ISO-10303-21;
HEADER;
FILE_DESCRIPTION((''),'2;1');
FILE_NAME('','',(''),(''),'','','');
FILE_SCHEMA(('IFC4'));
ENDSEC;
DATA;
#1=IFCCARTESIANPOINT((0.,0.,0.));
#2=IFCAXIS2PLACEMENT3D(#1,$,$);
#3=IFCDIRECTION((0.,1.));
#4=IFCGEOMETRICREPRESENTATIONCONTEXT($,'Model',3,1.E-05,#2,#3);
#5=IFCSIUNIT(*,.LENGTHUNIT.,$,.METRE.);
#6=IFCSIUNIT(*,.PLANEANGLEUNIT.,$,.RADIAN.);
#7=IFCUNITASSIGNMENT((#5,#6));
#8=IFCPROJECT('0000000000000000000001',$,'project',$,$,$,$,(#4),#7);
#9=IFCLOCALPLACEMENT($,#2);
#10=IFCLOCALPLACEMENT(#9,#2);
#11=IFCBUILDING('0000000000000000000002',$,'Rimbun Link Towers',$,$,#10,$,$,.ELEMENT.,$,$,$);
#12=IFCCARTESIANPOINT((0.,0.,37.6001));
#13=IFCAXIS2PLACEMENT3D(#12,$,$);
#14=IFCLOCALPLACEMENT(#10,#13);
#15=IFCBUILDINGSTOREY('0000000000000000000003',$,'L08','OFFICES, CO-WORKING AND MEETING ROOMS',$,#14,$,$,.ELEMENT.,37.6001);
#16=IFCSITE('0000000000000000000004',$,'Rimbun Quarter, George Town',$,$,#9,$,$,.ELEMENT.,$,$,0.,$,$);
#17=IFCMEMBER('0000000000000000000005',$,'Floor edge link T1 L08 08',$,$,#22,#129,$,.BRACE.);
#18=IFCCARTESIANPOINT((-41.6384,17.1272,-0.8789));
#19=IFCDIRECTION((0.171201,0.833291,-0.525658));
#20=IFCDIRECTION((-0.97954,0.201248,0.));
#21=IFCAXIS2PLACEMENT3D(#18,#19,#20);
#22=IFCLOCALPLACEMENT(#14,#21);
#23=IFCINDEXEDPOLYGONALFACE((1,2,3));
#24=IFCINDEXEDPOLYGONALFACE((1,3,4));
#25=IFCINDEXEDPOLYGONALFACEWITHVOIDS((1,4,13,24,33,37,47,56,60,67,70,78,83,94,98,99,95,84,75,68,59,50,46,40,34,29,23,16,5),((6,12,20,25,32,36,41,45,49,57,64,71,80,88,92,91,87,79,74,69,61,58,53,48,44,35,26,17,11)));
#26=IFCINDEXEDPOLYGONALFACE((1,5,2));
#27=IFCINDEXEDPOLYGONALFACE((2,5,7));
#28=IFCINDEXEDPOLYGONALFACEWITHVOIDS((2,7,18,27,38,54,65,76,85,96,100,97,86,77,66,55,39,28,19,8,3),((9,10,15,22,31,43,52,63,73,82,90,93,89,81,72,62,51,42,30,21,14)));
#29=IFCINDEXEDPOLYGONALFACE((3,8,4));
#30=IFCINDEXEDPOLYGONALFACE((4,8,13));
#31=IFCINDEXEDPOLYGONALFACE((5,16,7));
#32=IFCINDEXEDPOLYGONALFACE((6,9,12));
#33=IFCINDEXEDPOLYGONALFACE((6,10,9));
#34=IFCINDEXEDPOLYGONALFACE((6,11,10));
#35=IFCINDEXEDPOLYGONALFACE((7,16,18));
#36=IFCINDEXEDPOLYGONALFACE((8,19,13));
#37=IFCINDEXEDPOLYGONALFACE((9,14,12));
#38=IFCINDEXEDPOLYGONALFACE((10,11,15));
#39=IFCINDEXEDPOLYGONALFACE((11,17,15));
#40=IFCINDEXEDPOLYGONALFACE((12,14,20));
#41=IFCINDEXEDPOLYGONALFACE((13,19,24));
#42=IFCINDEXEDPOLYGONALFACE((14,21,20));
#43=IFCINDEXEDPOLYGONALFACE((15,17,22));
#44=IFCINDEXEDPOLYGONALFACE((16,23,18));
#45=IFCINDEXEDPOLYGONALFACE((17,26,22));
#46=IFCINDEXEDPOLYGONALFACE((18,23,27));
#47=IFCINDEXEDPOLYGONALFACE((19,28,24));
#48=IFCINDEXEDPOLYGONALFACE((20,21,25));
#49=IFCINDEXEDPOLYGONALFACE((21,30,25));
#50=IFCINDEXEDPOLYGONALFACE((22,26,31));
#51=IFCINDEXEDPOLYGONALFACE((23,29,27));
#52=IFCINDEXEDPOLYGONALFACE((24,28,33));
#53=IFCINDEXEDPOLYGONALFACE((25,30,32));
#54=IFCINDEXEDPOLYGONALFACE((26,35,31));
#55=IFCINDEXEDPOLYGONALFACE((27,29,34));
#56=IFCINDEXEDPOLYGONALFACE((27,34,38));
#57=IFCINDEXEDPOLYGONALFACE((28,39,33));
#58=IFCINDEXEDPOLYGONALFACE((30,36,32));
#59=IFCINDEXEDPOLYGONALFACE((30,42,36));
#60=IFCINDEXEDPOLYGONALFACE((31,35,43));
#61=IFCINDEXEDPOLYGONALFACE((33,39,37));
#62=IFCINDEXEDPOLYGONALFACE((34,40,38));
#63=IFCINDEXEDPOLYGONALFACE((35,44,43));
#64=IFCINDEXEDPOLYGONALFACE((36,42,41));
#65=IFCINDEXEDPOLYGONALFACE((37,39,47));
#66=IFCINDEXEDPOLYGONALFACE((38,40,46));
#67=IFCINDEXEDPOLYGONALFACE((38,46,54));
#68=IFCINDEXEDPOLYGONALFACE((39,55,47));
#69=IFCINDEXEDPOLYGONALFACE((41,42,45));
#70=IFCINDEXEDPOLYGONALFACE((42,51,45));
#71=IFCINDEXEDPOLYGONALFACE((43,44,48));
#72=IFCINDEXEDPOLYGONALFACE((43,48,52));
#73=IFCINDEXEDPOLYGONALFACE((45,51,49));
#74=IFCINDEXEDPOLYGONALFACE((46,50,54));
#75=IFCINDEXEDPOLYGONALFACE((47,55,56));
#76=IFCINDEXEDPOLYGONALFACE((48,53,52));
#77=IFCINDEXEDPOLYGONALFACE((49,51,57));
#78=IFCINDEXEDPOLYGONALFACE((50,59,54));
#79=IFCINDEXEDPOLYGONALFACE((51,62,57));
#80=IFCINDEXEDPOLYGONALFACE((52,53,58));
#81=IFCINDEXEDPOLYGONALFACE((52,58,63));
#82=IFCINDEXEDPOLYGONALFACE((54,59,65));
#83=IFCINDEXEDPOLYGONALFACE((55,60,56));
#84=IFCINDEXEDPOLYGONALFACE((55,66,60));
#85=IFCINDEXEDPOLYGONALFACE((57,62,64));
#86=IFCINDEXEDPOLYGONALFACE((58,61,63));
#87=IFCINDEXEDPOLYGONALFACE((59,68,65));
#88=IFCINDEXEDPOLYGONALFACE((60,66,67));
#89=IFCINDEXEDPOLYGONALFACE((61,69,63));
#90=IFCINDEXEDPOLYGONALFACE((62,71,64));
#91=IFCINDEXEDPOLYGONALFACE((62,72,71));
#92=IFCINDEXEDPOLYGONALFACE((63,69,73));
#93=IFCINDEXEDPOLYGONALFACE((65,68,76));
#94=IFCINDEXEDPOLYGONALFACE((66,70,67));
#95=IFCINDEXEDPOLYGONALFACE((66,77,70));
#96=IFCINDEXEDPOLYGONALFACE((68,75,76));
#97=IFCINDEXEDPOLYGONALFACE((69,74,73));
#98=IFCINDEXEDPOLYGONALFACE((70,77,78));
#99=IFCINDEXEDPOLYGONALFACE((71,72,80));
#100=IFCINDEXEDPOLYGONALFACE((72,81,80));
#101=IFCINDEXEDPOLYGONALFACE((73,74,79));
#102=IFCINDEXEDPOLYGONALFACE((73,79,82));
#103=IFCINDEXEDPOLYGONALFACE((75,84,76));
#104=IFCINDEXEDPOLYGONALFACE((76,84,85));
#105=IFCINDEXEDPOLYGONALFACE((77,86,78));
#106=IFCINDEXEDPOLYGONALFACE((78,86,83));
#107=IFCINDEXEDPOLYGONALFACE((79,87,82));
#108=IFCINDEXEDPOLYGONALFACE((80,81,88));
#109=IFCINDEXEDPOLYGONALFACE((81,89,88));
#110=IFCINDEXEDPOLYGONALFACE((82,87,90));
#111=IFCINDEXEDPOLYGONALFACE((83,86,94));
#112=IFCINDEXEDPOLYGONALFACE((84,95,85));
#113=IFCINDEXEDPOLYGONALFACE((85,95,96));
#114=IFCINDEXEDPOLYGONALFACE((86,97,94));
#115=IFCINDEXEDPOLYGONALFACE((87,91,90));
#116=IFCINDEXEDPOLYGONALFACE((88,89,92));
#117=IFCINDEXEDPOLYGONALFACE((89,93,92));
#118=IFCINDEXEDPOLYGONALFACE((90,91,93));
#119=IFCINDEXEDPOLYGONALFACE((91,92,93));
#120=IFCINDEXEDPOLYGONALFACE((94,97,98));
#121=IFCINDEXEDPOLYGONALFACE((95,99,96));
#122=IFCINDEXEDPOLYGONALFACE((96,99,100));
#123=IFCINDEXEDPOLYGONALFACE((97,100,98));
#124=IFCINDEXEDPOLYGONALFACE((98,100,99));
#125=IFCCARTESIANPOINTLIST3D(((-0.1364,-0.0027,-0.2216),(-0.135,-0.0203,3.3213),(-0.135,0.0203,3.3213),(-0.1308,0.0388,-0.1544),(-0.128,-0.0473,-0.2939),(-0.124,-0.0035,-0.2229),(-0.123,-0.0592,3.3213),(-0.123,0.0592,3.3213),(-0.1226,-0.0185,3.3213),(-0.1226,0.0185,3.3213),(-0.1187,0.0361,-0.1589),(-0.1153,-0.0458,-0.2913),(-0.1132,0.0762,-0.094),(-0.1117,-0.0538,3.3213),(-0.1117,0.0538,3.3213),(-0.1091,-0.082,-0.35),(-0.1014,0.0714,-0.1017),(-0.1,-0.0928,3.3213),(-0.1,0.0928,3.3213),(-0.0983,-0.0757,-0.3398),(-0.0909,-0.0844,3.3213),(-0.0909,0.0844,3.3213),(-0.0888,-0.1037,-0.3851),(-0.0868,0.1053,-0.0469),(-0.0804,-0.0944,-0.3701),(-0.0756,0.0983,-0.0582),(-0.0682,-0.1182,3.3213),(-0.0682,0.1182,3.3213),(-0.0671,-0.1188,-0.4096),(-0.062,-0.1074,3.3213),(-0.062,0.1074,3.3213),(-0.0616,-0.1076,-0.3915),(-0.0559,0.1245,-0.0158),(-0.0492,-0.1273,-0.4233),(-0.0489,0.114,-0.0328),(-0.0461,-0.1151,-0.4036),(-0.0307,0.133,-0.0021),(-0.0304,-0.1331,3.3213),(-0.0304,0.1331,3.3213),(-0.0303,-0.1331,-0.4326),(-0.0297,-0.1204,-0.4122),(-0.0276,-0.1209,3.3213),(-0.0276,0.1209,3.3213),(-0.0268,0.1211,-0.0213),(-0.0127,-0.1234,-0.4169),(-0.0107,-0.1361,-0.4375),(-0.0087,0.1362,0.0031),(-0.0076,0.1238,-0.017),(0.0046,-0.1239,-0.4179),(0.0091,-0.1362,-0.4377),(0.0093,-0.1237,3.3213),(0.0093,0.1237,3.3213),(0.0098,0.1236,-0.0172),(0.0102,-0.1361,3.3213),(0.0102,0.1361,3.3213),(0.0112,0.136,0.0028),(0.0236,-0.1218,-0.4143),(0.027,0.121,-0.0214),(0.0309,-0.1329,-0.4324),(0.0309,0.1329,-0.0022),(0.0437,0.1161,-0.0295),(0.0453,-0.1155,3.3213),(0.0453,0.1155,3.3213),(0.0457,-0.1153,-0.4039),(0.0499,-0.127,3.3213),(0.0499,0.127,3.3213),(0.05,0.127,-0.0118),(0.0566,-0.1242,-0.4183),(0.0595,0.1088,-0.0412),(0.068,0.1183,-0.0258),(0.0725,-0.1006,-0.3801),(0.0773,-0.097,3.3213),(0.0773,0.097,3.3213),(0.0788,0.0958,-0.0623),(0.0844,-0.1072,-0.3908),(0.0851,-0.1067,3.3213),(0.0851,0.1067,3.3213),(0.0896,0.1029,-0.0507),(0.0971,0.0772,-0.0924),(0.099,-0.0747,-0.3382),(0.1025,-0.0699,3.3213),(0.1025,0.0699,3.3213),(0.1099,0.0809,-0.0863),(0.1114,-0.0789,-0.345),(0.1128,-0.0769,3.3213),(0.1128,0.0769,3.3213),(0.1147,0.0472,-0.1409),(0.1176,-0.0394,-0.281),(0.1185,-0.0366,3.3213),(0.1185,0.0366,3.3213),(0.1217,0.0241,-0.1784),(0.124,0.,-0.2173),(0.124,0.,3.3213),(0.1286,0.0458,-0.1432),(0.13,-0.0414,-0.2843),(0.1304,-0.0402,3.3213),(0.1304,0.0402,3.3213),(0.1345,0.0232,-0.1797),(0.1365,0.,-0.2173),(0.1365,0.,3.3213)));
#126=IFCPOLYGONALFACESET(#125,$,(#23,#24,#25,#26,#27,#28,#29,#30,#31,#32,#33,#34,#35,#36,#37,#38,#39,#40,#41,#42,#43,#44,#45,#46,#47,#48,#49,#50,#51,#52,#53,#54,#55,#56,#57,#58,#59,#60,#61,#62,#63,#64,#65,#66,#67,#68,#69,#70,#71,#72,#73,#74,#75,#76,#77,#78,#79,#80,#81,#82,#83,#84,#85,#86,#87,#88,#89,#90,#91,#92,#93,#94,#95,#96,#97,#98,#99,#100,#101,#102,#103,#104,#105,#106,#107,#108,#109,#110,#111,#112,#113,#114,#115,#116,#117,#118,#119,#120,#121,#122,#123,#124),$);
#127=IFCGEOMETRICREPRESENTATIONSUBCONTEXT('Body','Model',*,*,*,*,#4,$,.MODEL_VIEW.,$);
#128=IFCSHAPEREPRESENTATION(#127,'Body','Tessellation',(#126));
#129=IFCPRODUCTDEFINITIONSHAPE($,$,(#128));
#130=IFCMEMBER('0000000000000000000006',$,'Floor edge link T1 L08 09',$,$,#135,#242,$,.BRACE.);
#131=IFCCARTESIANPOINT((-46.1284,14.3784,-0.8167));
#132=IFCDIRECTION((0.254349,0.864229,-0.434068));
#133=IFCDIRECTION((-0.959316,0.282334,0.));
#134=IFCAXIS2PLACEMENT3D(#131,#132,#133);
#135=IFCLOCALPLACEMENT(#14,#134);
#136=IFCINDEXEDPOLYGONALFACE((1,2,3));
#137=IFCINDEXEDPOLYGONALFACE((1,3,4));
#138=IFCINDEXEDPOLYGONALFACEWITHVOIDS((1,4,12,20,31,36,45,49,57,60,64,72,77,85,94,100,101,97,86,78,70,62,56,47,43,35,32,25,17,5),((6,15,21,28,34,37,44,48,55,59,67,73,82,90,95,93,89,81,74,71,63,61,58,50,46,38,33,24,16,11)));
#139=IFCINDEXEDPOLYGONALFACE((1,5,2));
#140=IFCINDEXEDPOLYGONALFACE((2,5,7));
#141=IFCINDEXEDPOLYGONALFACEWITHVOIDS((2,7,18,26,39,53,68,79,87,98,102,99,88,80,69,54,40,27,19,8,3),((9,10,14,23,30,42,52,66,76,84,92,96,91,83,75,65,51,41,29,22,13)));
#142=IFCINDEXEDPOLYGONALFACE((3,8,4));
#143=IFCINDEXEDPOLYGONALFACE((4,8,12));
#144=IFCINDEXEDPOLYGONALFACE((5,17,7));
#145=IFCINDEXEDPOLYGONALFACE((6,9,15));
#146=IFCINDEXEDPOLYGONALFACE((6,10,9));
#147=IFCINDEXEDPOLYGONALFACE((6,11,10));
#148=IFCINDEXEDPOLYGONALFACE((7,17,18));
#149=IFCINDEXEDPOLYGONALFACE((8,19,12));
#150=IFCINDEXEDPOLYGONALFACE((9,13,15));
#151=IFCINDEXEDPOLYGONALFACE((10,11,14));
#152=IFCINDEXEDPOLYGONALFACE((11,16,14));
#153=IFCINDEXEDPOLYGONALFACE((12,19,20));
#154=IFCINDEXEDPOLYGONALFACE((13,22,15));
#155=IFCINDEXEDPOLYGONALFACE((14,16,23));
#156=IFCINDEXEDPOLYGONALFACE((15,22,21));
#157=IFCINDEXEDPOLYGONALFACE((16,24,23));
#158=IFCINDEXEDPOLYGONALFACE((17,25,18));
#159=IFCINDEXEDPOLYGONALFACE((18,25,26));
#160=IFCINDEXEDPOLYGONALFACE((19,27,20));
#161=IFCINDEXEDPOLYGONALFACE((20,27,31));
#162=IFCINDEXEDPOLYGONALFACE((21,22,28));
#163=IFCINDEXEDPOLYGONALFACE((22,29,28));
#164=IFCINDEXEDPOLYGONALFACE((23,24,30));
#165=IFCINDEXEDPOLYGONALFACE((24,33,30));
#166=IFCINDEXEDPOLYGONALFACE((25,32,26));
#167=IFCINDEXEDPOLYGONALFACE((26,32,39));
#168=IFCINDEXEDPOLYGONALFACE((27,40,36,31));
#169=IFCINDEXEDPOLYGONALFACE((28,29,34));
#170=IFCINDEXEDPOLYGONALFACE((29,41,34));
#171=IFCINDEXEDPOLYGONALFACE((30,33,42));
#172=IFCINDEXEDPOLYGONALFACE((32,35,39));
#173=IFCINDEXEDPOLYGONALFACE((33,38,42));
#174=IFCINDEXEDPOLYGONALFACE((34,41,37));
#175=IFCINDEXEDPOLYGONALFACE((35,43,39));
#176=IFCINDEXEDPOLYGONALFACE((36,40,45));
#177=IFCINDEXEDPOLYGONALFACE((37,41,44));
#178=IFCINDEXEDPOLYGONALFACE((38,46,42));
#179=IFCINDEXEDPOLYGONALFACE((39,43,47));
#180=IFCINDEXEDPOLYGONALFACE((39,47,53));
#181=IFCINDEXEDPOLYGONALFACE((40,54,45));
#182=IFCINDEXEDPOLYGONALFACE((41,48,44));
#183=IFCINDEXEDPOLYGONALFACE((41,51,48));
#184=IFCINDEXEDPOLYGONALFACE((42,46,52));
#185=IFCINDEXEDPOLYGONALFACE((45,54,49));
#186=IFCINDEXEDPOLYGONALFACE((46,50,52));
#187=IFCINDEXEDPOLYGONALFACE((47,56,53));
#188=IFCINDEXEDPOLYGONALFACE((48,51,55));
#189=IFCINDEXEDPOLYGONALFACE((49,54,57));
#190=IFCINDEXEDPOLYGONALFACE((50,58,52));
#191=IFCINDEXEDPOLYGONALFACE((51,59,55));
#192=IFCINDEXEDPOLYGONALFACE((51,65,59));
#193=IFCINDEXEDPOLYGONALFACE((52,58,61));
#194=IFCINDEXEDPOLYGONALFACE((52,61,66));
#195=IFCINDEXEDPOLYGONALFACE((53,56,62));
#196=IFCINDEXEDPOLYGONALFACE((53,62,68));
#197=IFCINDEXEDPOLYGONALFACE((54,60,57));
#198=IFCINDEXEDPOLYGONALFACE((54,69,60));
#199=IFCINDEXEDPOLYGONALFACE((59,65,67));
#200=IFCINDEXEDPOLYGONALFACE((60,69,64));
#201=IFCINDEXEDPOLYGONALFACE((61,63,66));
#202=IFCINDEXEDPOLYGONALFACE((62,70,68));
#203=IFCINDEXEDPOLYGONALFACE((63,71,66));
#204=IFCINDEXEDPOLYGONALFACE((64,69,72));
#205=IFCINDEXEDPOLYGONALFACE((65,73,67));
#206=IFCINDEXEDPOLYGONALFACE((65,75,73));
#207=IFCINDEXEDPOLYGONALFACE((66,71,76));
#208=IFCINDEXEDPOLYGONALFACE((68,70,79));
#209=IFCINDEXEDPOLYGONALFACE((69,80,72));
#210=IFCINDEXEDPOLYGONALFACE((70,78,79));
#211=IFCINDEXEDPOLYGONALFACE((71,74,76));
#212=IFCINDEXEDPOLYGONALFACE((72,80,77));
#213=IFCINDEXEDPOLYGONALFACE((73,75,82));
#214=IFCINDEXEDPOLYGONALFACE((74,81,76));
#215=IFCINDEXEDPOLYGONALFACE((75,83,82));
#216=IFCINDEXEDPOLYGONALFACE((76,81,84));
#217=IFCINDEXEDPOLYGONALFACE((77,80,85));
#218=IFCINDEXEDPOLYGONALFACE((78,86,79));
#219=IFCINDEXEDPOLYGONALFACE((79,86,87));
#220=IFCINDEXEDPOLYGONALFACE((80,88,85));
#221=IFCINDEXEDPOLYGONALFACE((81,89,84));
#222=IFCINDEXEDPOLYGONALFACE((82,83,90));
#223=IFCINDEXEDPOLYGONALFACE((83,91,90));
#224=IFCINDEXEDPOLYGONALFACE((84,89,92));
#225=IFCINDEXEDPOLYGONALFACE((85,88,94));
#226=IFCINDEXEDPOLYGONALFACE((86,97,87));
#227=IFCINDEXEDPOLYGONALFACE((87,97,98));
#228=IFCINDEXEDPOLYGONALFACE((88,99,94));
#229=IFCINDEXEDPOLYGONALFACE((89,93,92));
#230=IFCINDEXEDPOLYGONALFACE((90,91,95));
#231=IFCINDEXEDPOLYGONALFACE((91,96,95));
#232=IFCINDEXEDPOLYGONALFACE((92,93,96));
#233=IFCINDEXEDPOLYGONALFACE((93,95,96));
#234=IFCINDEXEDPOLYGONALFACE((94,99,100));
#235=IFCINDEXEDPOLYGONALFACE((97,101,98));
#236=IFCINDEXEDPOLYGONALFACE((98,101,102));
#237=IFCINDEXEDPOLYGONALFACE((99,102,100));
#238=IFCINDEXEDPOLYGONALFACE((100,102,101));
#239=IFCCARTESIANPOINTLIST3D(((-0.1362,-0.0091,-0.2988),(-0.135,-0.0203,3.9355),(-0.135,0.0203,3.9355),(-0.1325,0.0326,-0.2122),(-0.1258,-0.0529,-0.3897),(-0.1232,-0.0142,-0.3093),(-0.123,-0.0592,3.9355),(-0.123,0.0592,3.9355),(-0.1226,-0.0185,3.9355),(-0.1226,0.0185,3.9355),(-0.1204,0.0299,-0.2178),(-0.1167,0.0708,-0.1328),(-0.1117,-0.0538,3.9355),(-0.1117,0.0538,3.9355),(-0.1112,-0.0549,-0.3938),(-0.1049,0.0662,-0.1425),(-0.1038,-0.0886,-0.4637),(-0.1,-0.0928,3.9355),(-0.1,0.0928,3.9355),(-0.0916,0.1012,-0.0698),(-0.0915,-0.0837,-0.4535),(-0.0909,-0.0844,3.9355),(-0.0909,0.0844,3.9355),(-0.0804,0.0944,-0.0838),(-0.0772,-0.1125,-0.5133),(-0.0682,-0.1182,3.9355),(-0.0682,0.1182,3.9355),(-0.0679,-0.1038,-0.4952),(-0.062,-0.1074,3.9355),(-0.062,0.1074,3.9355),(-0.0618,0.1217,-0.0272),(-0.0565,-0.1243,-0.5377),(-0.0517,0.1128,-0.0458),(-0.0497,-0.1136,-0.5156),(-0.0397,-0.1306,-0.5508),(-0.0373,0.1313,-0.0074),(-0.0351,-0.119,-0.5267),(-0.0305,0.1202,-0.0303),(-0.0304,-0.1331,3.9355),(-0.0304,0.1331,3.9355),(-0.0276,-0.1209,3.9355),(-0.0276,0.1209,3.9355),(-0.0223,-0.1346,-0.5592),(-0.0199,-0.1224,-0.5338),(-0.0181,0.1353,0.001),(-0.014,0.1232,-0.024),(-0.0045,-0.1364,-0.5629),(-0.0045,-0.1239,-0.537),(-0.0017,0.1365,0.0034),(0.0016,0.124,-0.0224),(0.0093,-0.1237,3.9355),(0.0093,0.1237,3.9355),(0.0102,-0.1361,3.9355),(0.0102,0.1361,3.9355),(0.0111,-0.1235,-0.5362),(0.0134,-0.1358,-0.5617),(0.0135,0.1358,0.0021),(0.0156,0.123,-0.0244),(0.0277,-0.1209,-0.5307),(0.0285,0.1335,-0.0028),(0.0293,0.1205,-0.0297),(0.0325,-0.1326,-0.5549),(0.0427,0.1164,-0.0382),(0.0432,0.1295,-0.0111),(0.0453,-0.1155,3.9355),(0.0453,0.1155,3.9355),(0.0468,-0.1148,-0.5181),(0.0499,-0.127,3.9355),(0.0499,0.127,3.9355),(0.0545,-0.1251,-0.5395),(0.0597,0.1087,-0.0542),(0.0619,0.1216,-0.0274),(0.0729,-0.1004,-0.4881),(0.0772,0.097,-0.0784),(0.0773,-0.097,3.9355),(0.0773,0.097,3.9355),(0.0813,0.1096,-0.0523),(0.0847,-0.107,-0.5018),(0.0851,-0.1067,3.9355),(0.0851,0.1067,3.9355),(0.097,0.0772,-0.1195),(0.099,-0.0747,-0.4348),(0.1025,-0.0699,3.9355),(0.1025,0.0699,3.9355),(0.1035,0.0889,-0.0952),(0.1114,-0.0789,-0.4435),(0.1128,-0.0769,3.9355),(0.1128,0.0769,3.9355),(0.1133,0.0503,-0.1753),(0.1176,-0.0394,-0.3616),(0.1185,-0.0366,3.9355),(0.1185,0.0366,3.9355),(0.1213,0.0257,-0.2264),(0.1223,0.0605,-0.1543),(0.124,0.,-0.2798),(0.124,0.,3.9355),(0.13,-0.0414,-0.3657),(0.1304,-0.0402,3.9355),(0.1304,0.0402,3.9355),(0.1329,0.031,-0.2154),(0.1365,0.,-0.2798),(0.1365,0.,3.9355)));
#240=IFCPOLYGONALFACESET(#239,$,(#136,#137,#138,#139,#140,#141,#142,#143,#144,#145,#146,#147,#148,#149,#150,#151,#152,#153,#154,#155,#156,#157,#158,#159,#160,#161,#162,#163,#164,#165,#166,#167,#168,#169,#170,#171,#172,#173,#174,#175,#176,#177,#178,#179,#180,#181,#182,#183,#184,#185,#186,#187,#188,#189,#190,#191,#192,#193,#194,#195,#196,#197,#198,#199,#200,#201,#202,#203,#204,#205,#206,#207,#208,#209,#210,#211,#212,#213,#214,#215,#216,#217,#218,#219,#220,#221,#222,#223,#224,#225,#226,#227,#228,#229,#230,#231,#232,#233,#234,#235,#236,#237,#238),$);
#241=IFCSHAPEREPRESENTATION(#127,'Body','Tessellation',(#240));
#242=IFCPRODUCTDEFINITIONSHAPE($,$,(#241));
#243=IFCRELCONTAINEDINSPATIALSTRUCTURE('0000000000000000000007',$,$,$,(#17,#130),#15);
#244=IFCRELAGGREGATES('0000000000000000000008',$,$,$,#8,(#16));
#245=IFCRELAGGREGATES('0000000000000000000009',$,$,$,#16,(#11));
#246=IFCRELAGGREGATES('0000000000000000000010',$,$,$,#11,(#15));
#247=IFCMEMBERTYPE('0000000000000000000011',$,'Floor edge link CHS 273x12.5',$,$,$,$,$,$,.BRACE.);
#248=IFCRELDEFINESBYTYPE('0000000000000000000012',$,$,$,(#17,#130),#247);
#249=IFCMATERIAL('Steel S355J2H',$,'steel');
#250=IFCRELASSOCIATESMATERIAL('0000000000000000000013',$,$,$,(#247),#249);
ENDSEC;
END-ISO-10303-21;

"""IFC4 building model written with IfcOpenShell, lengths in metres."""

from ifc_helpers import new_model, si_unit, direction, frame, origin, origin_2d, place, context, subcontext, project, spatial, hollow_circle, extrude, clip, halfspace, material, material_profile, profile_set, type_object, element, save


model = new_model("IFC4")

# Units and contexts
model_context = context("Model", 3, precision=1e-05, world=origin(), true_north=direction((0.0, 1.0)))
body_context = subcontext(model_context, "Body", "Model", "MODEL_VIEW")
ifc_project = project(units=[si_unit("LENGTHUNIT", "METRE"), si_unit("PLANEANGLEUNIT", "RADIAN")], contexts=[model_context])

# Site, building, storey
site_placement = place(None, origin())
site = spatial("IfcSite", under=ifc_project, at=site_placement, Name="Rimbun Quarter, George Town", CompositionType="ELEMENT", RefElevation=0.0)
building_placement = place(site_placement, origin())
building = spatial("IfcBuilding", under=site, at=building_placement, Name="Rimbun Link Towers", CompositionType="ELEMENT")
storey_placement = place(building_placement, frame((0.0, 0.0, 37.6001)))
storey = spatial("IfcBuildingStorey", under=building, at=storey_placement, Name="L08", Description="OFFICES, CO-WORKING AND MEETING ROOMS", CompositionType="ELEMENT", Elevation=37.6001)

# Members
ifc_material_1 = material(Name="Steel S355J2H", Category="steel")
ifc_material_profile_1 = material_profile(ifc_material_1, hollow_circle(Radius=0.1365, WallThickness=0.0125, at=origin_2d()), Name="CHS 273x12.5")
ifc_profile_set_1 = profile_set([ifc_material_profile_1], Name="Steel S355J2H")
member_type_1 = type_object("IfcMemberType", Name="Floor edge link CHS 273x12.5", PredefinedType="BRACE", material=ifc_profile_set_1)
member_1_placement = place(storey_placement, frame((-41.6384, 17.1272, -0.8789), z_axis=(0.171201, 0.833291, -0.525658), x_axis=(-0.97954, 0.201248, 0.0)))
element("IfcMember", 1, at=member_1_placement, inside=storey, type_object=member_type_1, Name="Floor edge link T1 L08 08", PredefinedType="BRACE", context=body_context, shape_type="Clipping", body=[
    clip(extrude(hollow_circle(Radius=0.1365, WallThickness=0.0125, at=origin_2d()), frame((0.0, 0.0, -0.4607)), (0.0, 0.0, 1.0), 3.782), halfspace(frame((0.0, 0.0, -0.2173), z_axis=(0.0, 0.850696, -0.525658)), False)),
])
member_2_placement = place(storey_placement, frame((-46.1284, 14.3784, -0.8167), z_axis=(0.254349, 0.864229, -0.434068), x_axis=(-0.959316, 0.282334, 0.0)))
element("IfcMember", 2, at=member_2_placement, inside=storey, type_object=member_type_1, Name="Floor edge link T1 L08 09", PredefinedType="BRACE", context=body_context, shape_type="Clipping", body=[
    clip(extrude(hollow_circle(Radius=0.1365, WallThickness=0.0125, at=origin_2d()), frame((0.0, 0.0, -0.5896)), (0.0, 0.0, 1.0), 4.5251), halfspace(frame((0.0, 0.0, -0.2798), z_axis=(0.0, 0.90088, -0.434068)), False)),
])

save(model, "model.ifc")
